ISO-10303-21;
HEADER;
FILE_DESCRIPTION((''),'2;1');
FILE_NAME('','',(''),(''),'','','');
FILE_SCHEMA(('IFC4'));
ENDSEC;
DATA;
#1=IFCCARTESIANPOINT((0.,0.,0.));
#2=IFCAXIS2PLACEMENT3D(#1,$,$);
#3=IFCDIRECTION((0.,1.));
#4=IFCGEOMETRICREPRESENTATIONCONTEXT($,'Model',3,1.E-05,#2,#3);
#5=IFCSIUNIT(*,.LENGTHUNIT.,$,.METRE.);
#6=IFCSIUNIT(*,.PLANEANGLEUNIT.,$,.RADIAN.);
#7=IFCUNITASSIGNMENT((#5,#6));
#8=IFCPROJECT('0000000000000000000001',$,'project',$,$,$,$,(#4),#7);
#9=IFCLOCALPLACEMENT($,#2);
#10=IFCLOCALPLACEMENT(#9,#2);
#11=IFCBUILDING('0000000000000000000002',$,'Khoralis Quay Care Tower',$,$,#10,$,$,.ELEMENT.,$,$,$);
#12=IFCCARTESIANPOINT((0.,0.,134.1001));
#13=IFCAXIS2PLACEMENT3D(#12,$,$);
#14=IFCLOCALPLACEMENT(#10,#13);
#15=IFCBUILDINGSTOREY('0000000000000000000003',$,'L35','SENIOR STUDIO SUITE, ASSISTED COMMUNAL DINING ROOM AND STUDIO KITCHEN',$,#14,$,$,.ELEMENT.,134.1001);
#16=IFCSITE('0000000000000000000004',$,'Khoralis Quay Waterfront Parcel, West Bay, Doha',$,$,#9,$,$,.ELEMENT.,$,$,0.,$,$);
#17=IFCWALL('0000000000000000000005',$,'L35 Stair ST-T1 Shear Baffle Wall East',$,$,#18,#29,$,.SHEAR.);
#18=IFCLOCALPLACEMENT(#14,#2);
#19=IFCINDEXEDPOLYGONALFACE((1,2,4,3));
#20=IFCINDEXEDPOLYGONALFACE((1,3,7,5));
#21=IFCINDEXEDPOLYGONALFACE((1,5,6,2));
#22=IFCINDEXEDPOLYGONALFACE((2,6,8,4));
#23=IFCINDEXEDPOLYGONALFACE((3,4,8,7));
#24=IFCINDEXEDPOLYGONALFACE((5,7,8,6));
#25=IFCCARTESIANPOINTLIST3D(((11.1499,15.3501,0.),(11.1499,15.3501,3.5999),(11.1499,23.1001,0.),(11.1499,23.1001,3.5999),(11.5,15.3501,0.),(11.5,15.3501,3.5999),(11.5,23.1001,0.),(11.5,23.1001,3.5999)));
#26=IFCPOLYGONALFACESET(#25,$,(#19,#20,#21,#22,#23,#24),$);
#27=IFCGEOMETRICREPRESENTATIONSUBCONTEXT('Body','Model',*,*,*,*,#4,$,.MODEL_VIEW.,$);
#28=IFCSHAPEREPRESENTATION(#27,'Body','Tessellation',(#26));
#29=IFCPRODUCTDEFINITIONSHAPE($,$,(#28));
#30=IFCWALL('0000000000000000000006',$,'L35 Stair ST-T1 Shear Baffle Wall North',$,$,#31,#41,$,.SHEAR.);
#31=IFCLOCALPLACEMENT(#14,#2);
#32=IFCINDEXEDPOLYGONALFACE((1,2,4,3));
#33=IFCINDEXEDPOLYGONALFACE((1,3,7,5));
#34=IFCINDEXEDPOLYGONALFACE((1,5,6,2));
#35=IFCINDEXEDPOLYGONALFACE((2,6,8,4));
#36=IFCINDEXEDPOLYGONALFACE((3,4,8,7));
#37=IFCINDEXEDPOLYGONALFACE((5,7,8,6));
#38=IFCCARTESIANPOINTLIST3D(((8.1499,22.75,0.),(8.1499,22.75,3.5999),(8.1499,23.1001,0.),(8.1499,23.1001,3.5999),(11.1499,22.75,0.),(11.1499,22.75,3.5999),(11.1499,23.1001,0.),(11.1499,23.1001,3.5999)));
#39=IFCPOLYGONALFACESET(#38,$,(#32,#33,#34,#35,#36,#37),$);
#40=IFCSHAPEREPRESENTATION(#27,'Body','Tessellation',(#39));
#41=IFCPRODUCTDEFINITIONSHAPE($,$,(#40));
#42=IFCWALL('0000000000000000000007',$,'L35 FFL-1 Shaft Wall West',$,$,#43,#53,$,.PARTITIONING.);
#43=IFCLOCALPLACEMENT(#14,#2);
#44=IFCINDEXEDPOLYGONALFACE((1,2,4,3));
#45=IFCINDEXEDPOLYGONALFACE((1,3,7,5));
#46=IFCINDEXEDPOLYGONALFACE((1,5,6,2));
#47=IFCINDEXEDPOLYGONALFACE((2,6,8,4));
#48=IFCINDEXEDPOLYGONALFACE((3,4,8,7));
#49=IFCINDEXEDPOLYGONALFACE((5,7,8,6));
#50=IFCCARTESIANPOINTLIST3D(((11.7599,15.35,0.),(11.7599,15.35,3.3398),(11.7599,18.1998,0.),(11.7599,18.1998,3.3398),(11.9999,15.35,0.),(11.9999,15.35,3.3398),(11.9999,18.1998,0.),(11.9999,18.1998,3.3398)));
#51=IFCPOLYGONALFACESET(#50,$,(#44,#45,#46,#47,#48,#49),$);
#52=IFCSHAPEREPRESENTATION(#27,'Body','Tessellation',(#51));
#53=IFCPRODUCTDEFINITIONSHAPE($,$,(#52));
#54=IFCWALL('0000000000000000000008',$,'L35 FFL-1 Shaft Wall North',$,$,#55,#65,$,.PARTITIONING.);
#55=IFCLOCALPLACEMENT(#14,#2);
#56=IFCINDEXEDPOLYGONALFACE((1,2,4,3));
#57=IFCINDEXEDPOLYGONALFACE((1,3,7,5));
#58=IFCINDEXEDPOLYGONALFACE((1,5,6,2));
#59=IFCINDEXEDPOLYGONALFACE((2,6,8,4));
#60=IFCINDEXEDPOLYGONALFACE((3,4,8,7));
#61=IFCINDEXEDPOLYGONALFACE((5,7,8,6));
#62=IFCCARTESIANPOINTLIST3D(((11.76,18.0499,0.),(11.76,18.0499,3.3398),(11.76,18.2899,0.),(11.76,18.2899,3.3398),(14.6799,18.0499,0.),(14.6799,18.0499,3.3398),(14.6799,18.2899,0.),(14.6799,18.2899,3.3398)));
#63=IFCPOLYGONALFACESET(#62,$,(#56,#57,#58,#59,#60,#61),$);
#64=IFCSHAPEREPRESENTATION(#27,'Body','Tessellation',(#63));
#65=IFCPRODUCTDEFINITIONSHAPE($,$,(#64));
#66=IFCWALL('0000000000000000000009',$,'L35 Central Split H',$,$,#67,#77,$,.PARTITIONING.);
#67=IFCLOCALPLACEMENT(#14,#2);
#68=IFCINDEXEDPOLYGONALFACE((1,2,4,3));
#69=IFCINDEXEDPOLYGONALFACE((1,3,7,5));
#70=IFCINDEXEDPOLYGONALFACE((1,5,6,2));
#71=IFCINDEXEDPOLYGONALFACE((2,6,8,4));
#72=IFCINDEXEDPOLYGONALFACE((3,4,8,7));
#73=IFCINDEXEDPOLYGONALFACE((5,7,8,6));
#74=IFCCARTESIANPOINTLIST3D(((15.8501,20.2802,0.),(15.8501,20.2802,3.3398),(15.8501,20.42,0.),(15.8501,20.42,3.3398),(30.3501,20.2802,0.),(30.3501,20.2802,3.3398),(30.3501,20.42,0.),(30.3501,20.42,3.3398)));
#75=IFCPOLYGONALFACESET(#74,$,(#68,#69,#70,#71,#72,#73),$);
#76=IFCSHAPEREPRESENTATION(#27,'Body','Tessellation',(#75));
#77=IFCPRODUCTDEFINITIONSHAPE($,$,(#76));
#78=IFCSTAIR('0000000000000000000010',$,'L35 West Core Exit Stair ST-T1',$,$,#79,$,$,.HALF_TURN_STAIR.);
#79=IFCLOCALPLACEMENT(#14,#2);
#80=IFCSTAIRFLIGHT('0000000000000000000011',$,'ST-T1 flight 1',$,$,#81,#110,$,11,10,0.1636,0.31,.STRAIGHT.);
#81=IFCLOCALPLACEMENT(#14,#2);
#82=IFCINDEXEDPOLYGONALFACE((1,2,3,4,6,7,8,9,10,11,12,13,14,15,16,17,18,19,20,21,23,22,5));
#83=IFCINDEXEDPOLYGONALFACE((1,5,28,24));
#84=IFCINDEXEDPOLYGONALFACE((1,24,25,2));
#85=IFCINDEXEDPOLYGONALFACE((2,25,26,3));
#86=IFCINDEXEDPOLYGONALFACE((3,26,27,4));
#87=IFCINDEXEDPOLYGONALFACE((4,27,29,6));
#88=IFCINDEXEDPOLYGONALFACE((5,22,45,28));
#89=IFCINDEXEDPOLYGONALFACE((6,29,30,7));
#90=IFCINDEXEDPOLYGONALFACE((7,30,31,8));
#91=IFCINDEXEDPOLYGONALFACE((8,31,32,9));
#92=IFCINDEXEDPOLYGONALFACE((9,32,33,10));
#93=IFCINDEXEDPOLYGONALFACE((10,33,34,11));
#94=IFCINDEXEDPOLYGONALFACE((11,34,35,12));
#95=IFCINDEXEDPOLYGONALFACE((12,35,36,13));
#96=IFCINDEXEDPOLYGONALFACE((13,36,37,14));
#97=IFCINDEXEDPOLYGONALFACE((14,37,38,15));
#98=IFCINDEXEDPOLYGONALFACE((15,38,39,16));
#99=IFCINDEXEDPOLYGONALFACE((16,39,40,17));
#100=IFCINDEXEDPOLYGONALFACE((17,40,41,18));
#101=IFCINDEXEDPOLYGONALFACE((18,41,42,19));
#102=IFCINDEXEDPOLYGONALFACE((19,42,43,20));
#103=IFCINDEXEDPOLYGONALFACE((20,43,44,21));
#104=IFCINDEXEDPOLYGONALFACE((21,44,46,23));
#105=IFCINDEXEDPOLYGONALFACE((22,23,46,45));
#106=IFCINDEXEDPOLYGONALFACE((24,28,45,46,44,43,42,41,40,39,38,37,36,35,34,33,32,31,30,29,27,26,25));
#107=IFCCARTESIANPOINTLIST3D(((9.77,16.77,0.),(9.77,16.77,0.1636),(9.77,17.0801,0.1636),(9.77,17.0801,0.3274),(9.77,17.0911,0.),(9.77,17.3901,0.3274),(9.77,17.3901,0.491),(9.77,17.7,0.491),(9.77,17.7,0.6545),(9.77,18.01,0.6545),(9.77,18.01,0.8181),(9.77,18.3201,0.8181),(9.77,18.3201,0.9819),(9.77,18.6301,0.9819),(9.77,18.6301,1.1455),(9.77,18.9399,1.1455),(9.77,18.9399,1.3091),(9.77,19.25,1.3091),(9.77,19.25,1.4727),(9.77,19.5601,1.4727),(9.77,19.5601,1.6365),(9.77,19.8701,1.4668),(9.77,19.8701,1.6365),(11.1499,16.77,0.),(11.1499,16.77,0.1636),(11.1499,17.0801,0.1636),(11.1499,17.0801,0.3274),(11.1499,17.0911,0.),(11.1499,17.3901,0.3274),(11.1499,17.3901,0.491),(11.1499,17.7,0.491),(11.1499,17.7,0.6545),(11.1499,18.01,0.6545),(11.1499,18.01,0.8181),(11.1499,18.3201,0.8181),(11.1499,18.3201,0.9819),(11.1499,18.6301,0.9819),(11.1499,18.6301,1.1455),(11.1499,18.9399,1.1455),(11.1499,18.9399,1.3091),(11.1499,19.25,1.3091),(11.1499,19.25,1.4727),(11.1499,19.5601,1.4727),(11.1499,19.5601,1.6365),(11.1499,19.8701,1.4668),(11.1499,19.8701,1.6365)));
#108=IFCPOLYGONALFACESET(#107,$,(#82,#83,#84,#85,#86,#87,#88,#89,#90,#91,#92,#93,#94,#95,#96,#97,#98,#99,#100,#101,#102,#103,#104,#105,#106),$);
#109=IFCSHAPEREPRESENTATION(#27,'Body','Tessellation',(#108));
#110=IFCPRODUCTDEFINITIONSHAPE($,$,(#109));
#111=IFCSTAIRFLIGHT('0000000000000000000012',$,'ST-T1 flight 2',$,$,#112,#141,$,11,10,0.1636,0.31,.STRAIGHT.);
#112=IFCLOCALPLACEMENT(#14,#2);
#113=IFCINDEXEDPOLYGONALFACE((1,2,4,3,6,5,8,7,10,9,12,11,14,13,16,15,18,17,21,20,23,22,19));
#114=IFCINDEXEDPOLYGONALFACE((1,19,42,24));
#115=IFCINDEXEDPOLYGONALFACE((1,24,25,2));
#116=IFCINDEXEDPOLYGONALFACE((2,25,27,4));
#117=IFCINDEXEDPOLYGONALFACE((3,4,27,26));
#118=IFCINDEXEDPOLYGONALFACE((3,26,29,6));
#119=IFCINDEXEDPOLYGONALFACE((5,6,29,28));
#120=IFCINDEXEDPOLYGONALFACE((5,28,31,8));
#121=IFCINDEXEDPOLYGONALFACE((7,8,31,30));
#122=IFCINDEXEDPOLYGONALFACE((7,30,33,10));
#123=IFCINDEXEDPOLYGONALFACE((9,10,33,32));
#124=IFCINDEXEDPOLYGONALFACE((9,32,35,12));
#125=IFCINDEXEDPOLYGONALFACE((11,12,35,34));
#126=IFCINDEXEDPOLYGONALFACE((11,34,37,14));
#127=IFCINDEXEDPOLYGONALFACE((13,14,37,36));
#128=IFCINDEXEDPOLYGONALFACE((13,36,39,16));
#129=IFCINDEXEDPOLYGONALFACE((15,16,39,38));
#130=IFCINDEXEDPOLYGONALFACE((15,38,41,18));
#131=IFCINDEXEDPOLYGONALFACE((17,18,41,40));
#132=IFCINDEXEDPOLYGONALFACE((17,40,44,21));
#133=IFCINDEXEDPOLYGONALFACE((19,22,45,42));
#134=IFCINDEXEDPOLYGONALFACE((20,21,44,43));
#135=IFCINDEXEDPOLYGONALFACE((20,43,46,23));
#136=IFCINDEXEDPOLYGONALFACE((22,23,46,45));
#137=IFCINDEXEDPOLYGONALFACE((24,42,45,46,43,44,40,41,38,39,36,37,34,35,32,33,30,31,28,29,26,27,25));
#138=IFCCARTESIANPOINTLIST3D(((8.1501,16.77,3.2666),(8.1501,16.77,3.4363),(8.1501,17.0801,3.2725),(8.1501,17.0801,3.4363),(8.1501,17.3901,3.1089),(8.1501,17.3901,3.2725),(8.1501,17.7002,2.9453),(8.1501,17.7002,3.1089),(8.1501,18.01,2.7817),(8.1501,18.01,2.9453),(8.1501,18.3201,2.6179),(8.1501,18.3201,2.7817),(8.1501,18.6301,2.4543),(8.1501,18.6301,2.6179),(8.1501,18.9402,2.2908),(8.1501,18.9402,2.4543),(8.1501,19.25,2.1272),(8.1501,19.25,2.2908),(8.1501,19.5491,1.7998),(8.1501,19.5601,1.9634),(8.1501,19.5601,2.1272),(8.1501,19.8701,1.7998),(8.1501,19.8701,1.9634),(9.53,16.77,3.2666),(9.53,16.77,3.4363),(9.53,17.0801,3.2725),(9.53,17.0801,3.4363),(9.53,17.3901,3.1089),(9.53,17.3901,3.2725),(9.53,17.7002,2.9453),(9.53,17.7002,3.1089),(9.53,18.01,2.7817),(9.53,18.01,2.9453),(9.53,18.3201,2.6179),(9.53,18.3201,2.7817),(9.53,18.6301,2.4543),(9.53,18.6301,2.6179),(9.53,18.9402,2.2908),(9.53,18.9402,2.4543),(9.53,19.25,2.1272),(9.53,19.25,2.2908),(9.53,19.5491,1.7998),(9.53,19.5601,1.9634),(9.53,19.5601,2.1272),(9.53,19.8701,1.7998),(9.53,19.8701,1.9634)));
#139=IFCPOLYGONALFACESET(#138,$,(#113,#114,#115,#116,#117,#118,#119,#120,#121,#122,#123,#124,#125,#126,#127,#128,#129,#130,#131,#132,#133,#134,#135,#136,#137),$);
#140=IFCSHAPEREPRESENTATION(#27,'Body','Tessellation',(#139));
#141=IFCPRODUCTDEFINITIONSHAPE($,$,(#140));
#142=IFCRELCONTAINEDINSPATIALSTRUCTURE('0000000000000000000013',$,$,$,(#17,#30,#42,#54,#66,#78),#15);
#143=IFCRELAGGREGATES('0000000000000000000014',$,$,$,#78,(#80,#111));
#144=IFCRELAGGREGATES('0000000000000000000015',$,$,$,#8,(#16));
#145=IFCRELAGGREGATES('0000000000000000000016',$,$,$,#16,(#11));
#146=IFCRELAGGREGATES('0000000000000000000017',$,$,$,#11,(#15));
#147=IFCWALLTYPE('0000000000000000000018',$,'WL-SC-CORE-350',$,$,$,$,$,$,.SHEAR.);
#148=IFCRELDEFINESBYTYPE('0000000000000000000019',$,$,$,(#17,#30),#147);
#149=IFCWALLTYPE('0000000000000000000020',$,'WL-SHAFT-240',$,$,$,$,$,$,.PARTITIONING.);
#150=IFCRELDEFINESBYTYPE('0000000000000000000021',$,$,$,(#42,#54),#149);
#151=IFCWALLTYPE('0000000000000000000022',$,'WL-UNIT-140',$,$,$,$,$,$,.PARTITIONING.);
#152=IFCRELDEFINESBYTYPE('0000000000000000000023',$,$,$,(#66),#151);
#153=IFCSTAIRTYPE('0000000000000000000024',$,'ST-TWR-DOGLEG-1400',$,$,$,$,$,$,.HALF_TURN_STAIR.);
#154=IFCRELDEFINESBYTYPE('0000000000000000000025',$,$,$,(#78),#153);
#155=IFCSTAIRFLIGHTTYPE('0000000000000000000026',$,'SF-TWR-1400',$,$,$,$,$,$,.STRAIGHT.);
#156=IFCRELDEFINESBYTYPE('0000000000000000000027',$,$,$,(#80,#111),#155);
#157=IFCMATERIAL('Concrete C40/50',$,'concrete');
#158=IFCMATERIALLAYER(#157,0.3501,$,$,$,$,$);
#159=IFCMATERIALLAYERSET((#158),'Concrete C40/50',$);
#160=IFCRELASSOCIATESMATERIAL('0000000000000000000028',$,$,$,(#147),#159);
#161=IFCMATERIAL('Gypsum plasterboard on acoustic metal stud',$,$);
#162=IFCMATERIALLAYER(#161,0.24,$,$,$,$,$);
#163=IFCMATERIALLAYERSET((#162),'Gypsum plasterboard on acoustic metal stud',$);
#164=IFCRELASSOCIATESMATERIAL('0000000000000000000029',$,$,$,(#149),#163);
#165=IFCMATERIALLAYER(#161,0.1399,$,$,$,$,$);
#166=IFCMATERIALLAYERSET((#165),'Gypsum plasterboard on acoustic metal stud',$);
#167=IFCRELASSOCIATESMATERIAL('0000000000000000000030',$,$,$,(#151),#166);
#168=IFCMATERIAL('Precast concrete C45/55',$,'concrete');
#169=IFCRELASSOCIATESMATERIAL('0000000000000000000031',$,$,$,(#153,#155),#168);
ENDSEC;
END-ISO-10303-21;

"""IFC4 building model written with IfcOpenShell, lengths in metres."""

from ifc_helpers import new_model, si_unit, direction, frame, frame_2d, origin, place, context, subcontext, project, spatial, polyline, rectangle, outline, extrude, source, transform, mapped, material, layer, layer_set, type_object, element, aggregate, save


model = new_model("IFC4")

# Units and contexts
model_context = context("Model", 3, precision=1e-05, world=origin(), true_north=direction((0.0, 1.0)))
body_context = subcontext(model_context, "Body", "Model", "MODEL_VIEW")
ifc_project = project(units=[si_unit("LENGTHUNIT", "METRE"), si_unit("PLANEANGLEUNIT", "RADIAN")], contexts=[model_context])

# Site, building, storey
site_placement = place(None, origin())
site = spatial("IfcSite", under=ifc_project, at=site_placement, Name="Khoralis Quay Waterfront Parcel, West Bay, Doha", CompositionType="ELEMENT", RefElevation=0.0)
building_placement = place(site_placement, origin())
building = spatial("IfcBuilding", under=site, at=building_placement, Name="Khoralis Quay Care Tower", CompositionType="ELEMENT")
storey_placement = place(building_placement, frame((0.0, 0.0, 134.1001)))
storey = spatial("IfcBuildingStorey", under=building, at=storey_placement, Name="L35", Description="SENIOR STUDIO SUITE, ASSISTED COMMUNAL DINING ROOM AND STUDIO KITCHEN", CompositionType="ELEMENT", Elevation=134.1001)

# Shared definitions
ifc_material_1 = material(Name="Gypsum plasterboard on acoustic metal stud")

# Walls
ifc_material_2 = material(Name="Concrete C40/50", Category="concrete")
ifc_layer_1 = layer(ifc_material_2, 0.3501)
ifc_layer_set_1 = layer_set([ifc_layer_1], Name="Concrete C40/50")
wall_type_1 = type_object("IfcWallType", Name="WL-SC-CORE-350", PredefinedType="SHEAR", material=ifc_layer_set_1)
wall_1_placement = place(storey_placement, frame((11.325, 15.3501, 0.0), z_axis=(0.0, 0.0, 1.0), x_axis=(0.0, 1.0, 0.0)))
element("IfcWall", 1, at=wall_1_placement, inside=storey, type_object=wall_type_1, Name="L35 Stair ST-T1 Shear Baffle Wall East", PredefinedType="SHEAR", context=body_context, shape_type="SweptSolid", body=[
    extrude(rectangle(XDim=7.75, YDim=0.3501, at=frame_2d((3.875, 0.0))), origin(), (0.0, 0.0, 1.0), 3.5999),
])
wall_2_placement = place(storey_placement, frame((8.1499, 22.925, 0.0), z_axis=(0.0, 0.0, 1.0), x_axis=(1.0, 0.0, 0.0)))
element("IfcWall", 2, at=wall_2_placement, inside=storey, type_object=wall_type_1, Name="L35 Stair ST-T1 Shear Baffle Wall North", PredefinedType="SHEAR", context=body_context, shape_type="SweptSolid", body=[
    extrude(rectangle(XDim=3.0, YDim=0.3501, at=frame_2d((1.5, 0.0))), origin(), (0.0, 0.0, 1.0), 3.5999),
])
ifc_layer_2 = layer(ifc_material_1, 0.24)
ifc_layer_set_2 = layer_set([ifc_layer_2], Name="Gypsum plasterboard on acoustic metal stud")
wall_type_2 = type_object("IfcWallType", Name="WL-SHAFT-240", PredefinedType="PARTITIONING", material=ifc_layer_set_2)
wall_3_placement = place(storey_placement, frame((11.8799, 15.3501, 0.0), z_axis=(0.0, 0.0, 1.0), x_axis=(0.0, 1.0, 0.0)))
element("IfcWall", 3, at=wall_3_placement, inside=storey, type_object=wall_type_2, Name="L35 FFL-1 Shaft Wall West", PredefinedType="PARTITIONING", context=body_context, shape_type="SweptSolid", body=[
    extrude(rectangle(XDim=2.8499, YDim=0.24, at=frame_2d((1.4248, 0.0))), origin(), (0.0, 0.0, 1.0), 3.3398),
])
wall_4_placement = place(storey_placement, frame((11.76, 18.1699, 0.0), z_axis=(0.0, 0.0, 1.0), x_axis=(1.0, 0.0, 0.0)))
element("IfcWall", 4, at=wall_4_placement, inside=storey, type_object=wall_type_2, Name="L35 FFL-1 Shaft Wall North", PredefinedType="PARTITIONING", context=body_context, shape_type="SweptSolid", body=[
    extrude(rectangle(XDim=2.9199, YDim=0.24, at=frame_2d((1.46, 0.0))), origin(), (0.0, 0.0, 1.0), 3.3398),
])
ifc_layer_3 = layer(ifc_material_1, 0.1399)
ifc_layer_set_3 = layer_set([ifc_layer_3], Name="Gypsum plasterboard on acoustic metal stud")
wall_type_3 = type_object("IfcWallType", Name="WL-UNIT-140", PredefinedType="PARTITIONING", material=ifc_layer_set_3)
wall_5_placement = place(storey_placement, frame((15.8501, 20.3501, 0.0), z_axis=(0.0, 0.0, 1.0), x_axis=(1.0, 0.0, 0.0)))
element("IfcWall", 5, at=wall_5_placement, inside=storey, type_object=wall_type_3, Name="L35 Central Split H", PredefinedType="PARTITIONING", context=body_context, shape_type="SweptSolid", body=[
    extrude(rectangle(XDim=14.5, YDim=0.1399, at=frame_2d((7.25, 0.0))), origin(), (0.0, 0.0, 1.0), 3.3398),
])

# Stair, stair flights
ifc_material_3 = material(Name="Precast concrete C45/55", Category="concrete")
stair_type = type_object("IfcStairType", Name="ST-TWR-DOGLEG-1400", PredefinedType="HALF_TURN_STAIR", material=ifc_material_3)
stair_placement = place(storey_placement, origin())
stair = element("IfcStair", 6, at=stair_placement, inside=storey, type_object=stair_type, Name="L35 West Core Exit Stair ST-T1", PredefinedType="HALF_TURN_STAIR")
stair_flight_type = type_object("IfcStairFlightType", Name="SF-TWR-1400", PredefinedType="STRAIGHT", material=ifc_material_3)
shared_shape_1 = source(origin(), body_context, "Body", "SweptSolid", [
    extrude(outline(polyline([(0.0, 0.0), (0.0, 0.1636), (0.3101, 0.1636), (0.3101, 0.3274), (0.6201, 0.3274), (0.6201, 0.491), (0.9299, 0.491), (0.9299, 0.6545), (1.24, 0.6545), (1.24, 0.8181), (1.55, 0.8181), (1.55, 0.9819), (1.8601, 0.9819), (1.8601, 1.1455), (2.1699, 1.1455), (2.1699, 1.3091), (2.48, 1.3091), (2.48, 1.4727), (2.79, 1.4727), (2.79, 1.6365), (3.1001, 1.6365), (3.1001, 1.8), (3.1001, 1.4668), (0.321, 0.0), (0.0, 0.0)])), frame((0.0, 0.6899, 0.0), z_axis=(0.0, -1.0, 0.0), x_axis=(1.0, 0.0, 0.0)), (0.0, 0.0, 1.0), 1.3799),
])
stair_flight_1_placement = place(storey_placement, frame((10.46, 16.77, 0.0), z_axis=(0.0, 0.0, 1.0), x_axis=(0.0, 1.0, 0.0)))
stair_flight_1 = element("IfcStairFlight", 7, at=stair_flight_1_placement, type_object=stair_flight_type, Name="ST-T1 flight 1", NumberOfRisers=11, NumberOfTreads=10, PredefinedType="STRAIGHT", RiserHeight=0.1636, TreadLength=0.31, context=body_context, shape_type="MappedRepresentation", body=[
    mapped(shared_shape_1, transform((0.0, 0.0, 0.0), scale=1.0)),
])
stair_flight_2_placement = place(storey_placement, frame((8.8401, 19.8701, 1.7998), z_axis=(0.0, 0.0, 1.0), x_axis=(0.0, -1.0, 0.0)))
stair_flight_2 = element("IfcStairFlight", 8, at=stair_flight_2_placement, type_object=stair_flight_type, Name="ST-T1 flight 2", NumberOfRisers=11, NumberOfTreads=10, PredefinedType="STRAIGHT", RiserHeight=0.1636, TreadLength=0.31, context=body_context, shape_type="MappedRepresentation", body=[
    mapped(shared_shape_1, transform((0.0, 0.0, 0.0), scale=1.0)),
])
aggregate(stair, [stair_flight_1, stair_flight_2])

save(model, "model.ifc")
